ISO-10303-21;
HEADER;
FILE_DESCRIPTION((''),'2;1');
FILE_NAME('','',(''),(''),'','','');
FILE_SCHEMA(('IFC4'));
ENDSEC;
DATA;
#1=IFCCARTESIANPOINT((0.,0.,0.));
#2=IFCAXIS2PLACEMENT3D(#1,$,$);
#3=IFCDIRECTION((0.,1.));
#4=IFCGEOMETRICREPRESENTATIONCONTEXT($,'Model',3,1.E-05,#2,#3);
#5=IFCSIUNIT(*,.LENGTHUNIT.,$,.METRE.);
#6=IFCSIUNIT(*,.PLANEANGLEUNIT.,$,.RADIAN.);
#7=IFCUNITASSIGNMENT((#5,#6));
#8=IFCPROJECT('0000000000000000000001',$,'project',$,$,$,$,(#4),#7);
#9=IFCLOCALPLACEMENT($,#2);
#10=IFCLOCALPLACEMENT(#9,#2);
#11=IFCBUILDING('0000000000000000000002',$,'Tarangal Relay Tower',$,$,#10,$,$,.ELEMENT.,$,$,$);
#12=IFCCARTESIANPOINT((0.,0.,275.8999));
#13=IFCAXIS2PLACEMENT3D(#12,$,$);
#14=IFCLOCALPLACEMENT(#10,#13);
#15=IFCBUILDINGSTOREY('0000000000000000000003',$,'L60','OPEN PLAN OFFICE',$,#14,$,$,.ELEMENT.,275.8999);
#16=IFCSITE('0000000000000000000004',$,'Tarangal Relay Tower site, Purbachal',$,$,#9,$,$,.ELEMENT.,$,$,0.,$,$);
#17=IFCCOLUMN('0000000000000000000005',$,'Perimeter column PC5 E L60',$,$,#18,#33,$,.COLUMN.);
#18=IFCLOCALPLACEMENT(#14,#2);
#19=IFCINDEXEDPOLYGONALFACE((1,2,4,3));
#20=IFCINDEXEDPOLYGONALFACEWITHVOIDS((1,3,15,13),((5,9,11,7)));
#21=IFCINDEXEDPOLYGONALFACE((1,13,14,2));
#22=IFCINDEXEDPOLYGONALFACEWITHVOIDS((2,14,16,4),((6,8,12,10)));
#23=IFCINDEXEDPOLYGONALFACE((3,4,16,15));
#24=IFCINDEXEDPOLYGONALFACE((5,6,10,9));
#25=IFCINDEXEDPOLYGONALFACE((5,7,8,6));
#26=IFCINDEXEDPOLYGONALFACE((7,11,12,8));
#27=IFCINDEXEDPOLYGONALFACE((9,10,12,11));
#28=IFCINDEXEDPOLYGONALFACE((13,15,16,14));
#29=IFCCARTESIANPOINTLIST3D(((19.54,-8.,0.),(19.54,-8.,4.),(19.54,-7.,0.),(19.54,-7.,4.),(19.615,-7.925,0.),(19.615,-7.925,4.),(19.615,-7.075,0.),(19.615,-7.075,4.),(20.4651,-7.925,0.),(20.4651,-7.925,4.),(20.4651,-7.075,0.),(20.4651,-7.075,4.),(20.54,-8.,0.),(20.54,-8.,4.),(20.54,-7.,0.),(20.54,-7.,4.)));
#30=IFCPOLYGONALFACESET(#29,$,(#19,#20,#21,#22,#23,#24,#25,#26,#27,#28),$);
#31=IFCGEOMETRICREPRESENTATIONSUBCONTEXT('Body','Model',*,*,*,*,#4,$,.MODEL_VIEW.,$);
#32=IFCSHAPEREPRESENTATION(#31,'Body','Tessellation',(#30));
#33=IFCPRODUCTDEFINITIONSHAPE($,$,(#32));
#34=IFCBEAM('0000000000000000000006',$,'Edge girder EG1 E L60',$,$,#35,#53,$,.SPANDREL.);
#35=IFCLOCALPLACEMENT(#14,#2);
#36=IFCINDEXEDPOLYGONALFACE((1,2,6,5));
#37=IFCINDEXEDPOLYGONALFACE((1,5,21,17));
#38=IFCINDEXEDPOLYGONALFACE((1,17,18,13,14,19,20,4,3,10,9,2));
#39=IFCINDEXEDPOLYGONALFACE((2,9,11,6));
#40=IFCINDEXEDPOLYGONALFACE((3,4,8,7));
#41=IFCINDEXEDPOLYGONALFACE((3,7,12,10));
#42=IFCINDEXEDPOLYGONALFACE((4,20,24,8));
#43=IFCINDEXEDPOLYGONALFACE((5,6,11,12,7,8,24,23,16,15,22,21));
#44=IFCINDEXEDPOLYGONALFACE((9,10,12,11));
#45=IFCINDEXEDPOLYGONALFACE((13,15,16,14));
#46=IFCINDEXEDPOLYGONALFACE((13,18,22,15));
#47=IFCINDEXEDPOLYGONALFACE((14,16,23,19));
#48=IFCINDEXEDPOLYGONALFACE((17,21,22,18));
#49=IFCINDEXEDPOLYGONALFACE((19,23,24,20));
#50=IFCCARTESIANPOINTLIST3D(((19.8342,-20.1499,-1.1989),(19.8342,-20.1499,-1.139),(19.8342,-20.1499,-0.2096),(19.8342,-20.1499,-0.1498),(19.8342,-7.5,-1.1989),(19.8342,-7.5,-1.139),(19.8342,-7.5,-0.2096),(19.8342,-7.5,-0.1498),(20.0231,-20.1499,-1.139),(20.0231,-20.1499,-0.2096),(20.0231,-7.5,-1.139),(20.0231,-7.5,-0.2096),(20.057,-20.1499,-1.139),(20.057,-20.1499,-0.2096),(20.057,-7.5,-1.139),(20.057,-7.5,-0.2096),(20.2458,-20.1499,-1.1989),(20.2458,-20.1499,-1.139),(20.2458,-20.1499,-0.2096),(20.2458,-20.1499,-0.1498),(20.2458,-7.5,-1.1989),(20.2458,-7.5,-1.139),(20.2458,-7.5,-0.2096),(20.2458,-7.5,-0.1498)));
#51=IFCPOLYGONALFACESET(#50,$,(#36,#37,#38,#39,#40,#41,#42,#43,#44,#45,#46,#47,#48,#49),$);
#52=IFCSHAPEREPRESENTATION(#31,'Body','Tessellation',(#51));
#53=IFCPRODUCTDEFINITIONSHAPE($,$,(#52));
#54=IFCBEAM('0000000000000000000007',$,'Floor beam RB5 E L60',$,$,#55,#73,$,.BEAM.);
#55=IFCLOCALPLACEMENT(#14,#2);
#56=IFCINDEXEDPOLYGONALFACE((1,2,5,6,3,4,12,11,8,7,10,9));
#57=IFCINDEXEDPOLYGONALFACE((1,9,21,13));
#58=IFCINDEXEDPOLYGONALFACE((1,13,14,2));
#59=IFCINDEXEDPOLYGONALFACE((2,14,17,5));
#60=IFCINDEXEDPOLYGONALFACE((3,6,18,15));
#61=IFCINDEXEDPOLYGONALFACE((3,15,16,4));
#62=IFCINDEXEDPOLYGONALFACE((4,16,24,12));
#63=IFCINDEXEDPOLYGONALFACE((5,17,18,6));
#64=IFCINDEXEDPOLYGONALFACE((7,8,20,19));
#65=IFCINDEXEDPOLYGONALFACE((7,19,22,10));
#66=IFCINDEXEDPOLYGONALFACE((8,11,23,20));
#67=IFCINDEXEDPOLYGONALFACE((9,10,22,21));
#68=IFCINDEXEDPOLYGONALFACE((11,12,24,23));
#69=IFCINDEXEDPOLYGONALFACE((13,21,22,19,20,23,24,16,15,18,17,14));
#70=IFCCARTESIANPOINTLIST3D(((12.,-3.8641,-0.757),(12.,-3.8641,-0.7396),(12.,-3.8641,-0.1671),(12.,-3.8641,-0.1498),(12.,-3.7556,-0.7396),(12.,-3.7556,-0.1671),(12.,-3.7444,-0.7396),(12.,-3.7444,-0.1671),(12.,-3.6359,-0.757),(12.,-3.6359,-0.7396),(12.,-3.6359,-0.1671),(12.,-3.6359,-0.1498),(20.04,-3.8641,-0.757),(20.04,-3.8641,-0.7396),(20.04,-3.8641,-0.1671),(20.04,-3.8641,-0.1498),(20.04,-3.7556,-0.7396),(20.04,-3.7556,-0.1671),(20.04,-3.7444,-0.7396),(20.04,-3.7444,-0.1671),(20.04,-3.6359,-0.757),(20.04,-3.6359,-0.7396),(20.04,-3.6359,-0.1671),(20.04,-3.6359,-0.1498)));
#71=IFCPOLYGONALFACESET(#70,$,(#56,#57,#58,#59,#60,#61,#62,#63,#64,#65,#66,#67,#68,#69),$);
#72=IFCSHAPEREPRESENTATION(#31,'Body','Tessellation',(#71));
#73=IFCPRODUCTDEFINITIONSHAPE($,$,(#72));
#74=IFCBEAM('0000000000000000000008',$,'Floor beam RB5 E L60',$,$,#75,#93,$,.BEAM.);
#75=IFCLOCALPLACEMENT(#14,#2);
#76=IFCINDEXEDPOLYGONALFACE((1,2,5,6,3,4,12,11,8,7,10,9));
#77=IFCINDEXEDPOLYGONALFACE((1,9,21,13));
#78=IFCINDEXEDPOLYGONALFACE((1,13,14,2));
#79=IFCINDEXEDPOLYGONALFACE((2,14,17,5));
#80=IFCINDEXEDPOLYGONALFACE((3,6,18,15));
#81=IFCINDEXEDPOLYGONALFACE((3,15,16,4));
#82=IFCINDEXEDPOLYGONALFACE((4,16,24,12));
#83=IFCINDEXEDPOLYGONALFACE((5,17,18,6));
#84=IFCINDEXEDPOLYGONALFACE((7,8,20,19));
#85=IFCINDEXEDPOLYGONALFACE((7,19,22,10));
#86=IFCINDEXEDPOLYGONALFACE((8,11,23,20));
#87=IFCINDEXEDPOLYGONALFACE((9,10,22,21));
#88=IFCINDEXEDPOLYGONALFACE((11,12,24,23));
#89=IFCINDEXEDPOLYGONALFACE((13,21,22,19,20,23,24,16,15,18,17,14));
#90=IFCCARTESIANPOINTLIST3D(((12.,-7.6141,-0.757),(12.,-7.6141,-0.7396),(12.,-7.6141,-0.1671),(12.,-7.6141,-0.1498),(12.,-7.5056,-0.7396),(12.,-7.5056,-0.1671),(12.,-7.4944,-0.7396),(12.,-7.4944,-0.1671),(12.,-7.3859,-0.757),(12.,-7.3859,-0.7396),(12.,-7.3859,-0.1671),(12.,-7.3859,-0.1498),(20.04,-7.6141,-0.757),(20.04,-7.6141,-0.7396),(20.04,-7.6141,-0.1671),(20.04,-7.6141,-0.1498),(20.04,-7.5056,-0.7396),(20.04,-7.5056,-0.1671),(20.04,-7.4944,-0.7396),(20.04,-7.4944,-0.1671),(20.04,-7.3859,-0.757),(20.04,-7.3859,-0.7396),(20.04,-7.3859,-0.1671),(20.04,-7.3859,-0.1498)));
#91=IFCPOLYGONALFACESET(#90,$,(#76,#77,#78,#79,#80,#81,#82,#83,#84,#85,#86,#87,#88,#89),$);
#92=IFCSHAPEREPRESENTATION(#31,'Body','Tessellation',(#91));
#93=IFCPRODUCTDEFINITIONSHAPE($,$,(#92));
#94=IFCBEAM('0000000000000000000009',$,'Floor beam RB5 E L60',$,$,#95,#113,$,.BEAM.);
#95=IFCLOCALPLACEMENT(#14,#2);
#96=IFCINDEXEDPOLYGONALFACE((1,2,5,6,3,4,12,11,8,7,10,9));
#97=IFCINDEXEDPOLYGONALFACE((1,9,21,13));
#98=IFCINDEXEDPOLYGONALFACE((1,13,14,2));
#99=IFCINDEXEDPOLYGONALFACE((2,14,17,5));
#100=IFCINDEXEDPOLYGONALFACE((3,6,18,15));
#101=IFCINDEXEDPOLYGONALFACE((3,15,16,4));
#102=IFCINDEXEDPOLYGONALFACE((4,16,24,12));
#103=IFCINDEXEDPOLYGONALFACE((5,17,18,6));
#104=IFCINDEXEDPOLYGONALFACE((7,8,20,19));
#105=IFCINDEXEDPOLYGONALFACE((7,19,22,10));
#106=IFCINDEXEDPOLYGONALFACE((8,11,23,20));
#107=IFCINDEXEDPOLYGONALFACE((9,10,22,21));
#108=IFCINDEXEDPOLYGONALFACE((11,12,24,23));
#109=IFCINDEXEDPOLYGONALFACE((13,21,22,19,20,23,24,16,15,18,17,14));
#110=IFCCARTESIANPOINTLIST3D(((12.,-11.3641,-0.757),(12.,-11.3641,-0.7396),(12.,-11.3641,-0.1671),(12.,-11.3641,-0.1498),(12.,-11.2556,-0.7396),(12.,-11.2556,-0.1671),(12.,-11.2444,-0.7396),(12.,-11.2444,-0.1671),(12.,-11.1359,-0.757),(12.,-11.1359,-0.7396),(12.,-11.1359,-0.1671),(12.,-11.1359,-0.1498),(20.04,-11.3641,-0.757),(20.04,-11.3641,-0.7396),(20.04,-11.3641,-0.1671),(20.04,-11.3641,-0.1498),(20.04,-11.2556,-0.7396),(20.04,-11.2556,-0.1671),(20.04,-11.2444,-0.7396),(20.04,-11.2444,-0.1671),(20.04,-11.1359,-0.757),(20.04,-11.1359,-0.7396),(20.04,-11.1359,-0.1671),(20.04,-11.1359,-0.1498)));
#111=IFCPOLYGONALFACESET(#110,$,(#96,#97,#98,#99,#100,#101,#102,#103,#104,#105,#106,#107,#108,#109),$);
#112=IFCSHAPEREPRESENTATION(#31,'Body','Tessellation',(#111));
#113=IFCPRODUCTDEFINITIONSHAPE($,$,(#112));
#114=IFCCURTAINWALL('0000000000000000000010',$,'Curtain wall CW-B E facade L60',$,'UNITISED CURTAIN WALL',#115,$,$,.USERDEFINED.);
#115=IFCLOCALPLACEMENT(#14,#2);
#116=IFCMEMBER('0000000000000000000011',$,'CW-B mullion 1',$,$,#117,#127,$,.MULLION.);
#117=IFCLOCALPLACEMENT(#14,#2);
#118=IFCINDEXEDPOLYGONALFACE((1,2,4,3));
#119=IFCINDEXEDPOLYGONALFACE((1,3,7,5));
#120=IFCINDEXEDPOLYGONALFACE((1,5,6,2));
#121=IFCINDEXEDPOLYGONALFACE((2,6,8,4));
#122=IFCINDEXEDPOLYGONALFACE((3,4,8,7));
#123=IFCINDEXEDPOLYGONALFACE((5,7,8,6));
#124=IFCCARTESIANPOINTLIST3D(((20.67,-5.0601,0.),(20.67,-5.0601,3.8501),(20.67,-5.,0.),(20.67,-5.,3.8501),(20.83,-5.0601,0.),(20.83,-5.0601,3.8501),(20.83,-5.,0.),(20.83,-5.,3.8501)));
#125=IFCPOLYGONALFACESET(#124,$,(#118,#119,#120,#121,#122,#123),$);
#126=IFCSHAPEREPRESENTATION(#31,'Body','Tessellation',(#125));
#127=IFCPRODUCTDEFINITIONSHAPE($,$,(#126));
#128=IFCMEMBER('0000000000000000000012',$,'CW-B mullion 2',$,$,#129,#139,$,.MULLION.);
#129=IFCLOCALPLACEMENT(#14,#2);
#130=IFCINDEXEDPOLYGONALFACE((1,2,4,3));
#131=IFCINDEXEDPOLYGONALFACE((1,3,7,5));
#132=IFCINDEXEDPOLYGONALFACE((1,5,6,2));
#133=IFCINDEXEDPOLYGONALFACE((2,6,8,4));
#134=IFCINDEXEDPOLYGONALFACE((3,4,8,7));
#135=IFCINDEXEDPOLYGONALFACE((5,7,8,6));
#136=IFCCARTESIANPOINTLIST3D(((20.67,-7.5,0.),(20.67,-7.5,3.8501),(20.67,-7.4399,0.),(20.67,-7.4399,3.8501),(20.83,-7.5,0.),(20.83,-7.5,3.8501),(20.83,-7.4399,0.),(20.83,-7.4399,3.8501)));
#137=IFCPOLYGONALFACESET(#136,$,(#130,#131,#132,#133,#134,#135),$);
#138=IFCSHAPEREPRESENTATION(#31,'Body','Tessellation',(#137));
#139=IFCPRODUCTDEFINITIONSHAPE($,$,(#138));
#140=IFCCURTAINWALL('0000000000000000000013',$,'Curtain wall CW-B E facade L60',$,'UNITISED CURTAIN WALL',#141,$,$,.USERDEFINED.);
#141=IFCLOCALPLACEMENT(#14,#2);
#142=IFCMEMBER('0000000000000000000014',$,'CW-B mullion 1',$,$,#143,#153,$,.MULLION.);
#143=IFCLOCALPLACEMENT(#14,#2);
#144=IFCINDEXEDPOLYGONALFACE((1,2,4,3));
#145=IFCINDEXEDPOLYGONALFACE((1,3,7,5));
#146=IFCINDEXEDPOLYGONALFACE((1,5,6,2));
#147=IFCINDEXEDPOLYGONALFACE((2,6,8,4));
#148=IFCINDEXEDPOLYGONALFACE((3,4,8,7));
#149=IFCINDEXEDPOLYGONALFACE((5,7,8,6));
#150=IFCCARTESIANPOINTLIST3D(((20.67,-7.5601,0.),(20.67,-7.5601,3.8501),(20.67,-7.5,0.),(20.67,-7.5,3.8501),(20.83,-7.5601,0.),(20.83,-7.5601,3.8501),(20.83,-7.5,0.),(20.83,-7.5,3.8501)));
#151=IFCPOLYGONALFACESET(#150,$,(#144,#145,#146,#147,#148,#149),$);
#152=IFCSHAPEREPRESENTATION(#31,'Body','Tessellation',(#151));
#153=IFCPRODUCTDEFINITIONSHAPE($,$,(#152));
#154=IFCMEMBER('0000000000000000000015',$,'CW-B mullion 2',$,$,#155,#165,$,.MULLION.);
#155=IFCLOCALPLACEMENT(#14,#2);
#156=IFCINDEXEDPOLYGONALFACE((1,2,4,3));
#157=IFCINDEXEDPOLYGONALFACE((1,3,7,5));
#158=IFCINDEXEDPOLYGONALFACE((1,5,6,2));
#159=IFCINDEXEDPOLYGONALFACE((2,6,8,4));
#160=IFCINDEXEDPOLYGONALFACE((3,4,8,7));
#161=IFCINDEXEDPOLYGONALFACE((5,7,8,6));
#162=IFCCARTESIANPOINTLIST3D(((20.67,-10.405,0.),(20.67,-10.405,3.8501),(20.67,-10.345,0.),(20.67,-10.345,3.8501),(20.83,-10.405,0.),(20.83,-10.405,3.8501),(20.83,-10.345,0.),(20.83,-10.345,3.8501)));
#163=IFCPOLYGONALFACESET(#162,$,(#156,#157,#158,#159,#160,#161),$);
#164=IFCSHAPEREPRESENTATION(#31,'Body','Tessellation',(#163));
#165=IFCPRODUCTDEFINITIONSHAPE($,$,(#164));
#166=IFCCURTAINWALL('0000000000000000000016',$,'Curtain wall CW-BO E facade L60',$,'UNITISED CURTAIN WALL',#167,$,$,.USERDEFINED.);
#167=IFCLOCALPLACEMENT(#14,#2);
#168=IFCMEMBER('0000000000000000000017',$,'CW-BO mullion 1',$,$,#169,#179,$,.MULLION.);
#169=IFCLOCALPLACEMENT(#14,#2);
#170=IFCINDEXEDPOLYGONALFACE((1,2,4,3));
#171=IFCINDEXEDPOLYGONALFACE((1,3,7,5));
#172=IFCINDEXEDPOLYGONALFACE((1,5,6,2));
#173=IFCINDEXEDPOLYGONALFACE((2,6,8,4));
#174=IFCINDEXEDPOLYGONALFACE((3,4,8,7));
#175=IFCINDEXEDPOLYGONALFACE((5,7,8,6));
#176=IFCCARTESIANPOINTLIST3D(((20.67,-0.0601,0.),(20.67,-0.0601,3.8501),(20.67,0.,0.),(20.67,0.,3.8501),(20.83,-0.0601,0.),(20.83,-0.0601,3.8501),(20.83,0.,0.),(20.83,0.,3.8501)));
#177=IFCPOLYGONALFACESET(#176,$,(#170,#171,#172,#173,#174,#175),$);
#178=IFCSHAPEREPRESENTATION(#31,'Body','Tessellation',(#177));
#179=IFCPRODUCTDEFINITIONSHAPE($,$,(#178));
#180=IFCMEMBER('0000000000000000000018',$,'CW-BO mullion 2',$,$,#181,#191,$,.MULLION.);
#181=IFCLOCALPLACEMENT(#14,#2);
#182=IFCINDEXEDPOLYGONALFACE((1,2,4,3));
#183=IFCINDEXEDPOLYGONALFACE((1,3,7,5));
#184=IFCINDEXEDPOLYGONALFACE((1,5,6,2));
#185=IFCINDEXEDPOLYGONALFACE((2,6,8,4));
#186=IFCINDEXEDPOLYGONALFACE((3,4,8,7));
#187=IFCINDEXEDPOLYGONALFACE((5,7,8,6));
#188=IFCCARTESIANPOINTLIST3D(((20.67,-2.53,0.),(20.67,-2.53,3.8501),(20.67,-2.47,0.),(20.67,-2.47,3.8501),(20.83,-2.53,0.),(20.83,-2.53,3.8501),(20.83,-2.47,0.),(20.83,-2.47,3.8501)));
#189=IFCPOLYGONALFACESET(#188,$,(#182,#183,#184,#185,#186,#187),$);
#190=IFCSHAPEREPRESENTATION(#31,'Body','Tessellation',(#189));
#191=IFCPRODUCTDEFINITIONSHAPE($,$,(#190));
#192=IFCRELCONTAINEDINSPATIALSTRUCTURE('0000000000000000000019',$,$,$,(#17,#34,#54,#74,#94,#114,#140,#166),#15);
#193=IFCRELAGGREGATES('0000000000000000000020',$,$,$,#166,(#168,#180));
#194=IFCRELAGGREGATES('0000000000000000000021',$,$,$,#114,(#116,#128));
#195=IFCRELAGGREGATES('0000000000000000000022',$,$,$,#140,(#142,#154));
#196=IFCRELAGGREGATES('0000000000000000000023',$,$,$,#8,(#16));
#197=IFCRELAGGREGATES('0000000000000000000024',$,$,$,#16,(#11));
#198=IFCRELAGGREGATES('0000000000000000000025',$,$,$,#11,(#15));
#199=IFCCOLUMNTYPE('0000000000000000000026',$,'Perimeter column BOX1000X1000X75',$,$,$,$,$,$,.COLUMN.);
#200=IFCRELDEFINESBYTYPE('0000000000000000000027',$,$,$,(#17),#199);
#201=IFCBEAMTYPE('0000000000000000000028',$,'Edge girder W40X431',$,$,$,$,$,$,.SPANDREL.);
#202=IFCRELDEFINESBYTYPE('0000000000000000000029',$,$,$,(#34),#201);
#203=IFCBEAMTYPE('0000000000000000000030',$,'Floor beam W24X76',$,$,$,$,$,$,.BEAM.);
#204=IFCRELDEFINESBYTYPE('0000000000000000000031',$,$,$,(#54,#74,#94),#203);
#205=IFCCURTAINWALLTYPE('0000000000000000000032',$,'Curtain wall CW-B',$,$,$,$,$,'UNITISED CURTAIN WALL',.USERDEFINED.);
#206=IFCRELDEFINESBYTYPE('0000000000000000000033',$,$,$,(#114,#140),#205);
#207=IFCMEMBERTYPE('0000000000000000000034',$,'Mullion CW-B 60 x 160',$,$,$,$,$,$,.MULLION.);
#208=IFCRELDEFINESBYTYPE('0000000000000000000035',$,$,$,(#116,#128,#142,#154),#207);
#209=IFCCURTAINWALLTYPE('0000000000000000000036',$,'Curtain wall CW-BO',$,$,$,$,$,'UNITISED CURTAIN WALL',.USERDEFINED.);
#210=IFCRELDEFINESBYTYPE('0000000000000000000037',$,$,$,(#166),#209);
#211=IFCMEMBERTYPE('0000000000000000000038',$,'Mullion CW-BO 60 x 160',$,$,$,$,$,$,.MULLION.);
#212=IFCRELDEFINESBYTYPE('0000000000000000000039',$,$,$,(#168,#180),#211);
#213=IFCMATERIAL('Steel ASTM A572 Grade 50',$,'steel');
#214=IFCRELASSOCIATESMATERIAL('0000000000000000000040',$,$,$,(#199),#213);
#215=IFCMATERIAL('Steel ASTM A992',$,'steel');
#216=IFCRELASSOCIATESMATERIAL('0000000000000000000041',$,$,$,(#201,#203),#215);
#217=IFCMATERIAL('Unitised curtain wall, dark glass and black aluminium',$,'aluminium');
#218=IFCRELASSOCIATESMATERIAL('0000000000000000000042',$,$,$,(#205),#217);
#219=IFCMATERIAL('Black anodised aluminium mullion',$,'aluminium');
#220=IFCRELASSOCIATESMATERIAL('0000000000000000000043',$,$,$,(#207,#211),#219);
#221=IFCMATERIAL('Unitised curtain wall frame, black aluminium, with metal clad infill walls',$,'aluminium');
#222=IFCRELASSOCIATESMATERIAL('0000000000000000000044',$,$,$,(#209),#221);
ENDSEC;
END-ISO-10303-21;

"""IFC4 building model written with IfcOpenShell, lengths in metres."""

from ifc_helpers import new_model, si_unit, direction, frame, origin, origin_2d, place, context, subcontext, project, spatial, rectangle, hollow_rectangle, i_section, extrude, material, material_profile, profile_set, type_object, element, aggregate, save


model = new_model("IFC4")

# Units and contexts
model_context = context("Model", 3, precision=1e-05, world=origin(), true_north=direction((0.0, 1.0)))
body_context = subcontext(model_context, "Body", "Model", "MODEL_VIEW")
ifc_project = project(units=[si_unit("LENGTHUNIT", "METRE"), si_unit("PLANEANGLEUNIT", "RADIAN")], contexts=[model_context])

# Site, building, storey
site_placement = place(None, origin())
site = spatial("IfcSite", under=ifc_project, at=site_placement, Name="Tarangal Relay Tower site, Purbachal", CompositionType="ELEMENT", RefElevation=0.0)
building_placement = place(site_placement, origin())
building = spatial("IfcBuilding", under=site, at=building_placement, Name="Tarangal Relay Tower", CompositionType="ELEMENT")
storey_placement = place(building_placement, frame((0.0, 0.0, 275.8999)))
storey = spatial("IfcBuildingStorey", under=building, at=storey_placement, Name="L60", Description="OPEN PLAN OFFICE", CompositionType="ELEMENT", Elevation=275.8999)

# Column
ifc_material_1 = material(Name="Steel ASTM A572 Grade 50", Category="steel")
ifc_material_profile_1 = material_profile(ifc_material_1, hollow_rectangle(XDim=1.0, YDim=1.0, WallThickness=0.075, at=origin_2d()), Name="BOX1000X1000X75")
ifc_profile_set_1 = profile_set([ifc_material_profile_1], Name="Steel ASTM A572 Grade 50")
column_type = type_object("IfcColumnType", Name="Perimeter column BOX1000X1000X75", PredefinedType="COLUMN", material=ifc_profile_set_1)
column_placement = place(storey_placement, frame((20.04, -7.5, 0.0), z_axis=(0.0, 0.0, 1.0), x_axis=(1.0, 0.0, 0.0)))
element("IfcColumn", 1, at=column_placement, inside=storey, type_object=column_type, Name="Perimeter column PC5 E L60", PredefinedType="COLUMN", context=body_context, shape_type="SweptSolid", body=[
    extrude(hollow_rectangle(XDim=1.0, YDim=1.0, WallThickness=0.075, at=origin_2d()), origin(), (0.0, 0.0, 1.0), 4.0),
])

# Beams
ifc_material_2 = material(Name="Steel ASTM A992", Category="steel")
ifc_material_profile_2 = material_profile(ifc_material_2, i_section(OverallWidth=0.4116, OverallDepth=1.0491, WebThickness=0.0339, FlangeThickness=0.0598, at=origin_2d()), Name="W40X431")
ifc_profile_set_2 = profile_set([ifc_material_profile_2], Name="Steel ASTM A992")
beam_type_1 = type_object("IfcBeamType", Name="Edge girder W40X431", PredefinedType="SPANDREL", material=ifc_profile_set_2)
beam_placement = place(storey_placement, frame((20.04, -7.5, -0.6743), z_axis=(0.0, -1.0, 0.0), x_axis=(1.0, 0.0, 0.0)))
element("IfcBeam", 2, at=beam_placement, inside=storey, type_object=beam_type_1, Name="Edge girder EG1 E L60", PredefinedType="SPANDREL", context=body_context, shape_type="SweptSolid", body=[
    extrude(i_section(OverallWidth=0.4116, OverallDepth=1.0491, WebThickness=0.0339, FlangeThickness=0.0598, at=origin_2d()), origin(), (0.0, 0.0, 1.0), 12.6499),
])
ifc_material_profile_3 = material_profile(ifc_material_2, i_section(OverallWidth=0.2283, OverallDepth=0.6072, WebThickness=0.0112, FlangeThickness=0.0173, at=origin_2d()), Name="W24X76")
ifc_profile_set_3 = profile_set([ifc_material_profile_3], Name="Steel ASTM A992")
beam_type_2 = type_object("IfcBeamType", Name="Floor beam W24X76", PredefinedType="BEAM", material=ifc_profile_set_3)
for number, where, z_axis, x_axis, name in (
    (3, (12.0, -3.75, -0.4534), (1.0, 0.0, 0.0), (0.0, 1.0, 0.0), "Floor beam RB5 E L60"),
    (4, (12.0, -7.5, -0.4534), (1.0, 0.0, 0.0), (0.0, 1.0, 0.0), "Floor beam RB5 E L60"),
    (5, (12.0, -11.25, -0.4534), (1.0, 0.0, 0.0), (0.0, 1.0, 0.0), "Floor beam RB5 E L60"),
):
    element("IfcBeam", number, at=place(storey_placement, frame(where, z_axis=z_axis, x_axis=x_axis)), inside=storey, type_object=beam_type_2, Name=name, PredefinedType="BEAM", context=body_context, shape_type="SweptSolid", body=[
        extrude(i_section(OverallWidth=0.2283, OverallDepth=0.6072, WebThickness=0.0112, FlangeThickness=0.0173, at=origin_2d()), origin(), (0.0, 0.0, 1.0), 8.04),
    ])

# Curtain walls, members
ifc_material_3 = material(Name="Unitised curtain wall, dark glass and black aluminium", Category="aluminium")
curtain_wall_type_1 = type_object("IfcCurtainWallType", Name="Curtain wall CW-B", ElementType="UNITISED CURTAIN WALL", PredefinedType="USERDEFINED", material=ifc_material_3)
curtain_wall_1_placement = place(storey_placement, origin())
curtain_wall_1 = element("IfcCurtainWall", 6, at=curtain_wall_1_placement, inside=storey, type_object=curtain_wall_type_1, Name="Curtain wall CW-B E facade L60", ObjectType="UNITISED CURTAIN WALL", PredefinedType="USERDEFINED")
ifc_material_4 = material(Name="Black anodised aluminium mullion", Category="aluminium")
ifc_material_profile_4 = material_profile(ifc_material_4, rectangle(XDim=0.1599, YDim=0.0601, at=origin_2d()), Name="CW-BM 60X160")
ifc_profile_set_4 = profile_set([ifc_material_profile_4], Name="Black anodised aluminium mullion")
member_type_1 = type_object("IfcMemberType", Name="Mullion CW-B 60 x 160", PredefinedType="MULLION", material=ifc_profile_set_4)
member_1_placement = place(storey_placement, frame((20.75, -5.03, 0.0), z_axis=(0.0, 0.0, 1.0), x_axis=(1.0, 0.0, 0.0)))
member_1 = element("IfcMember", 7, at=member_1_placement, type_object=member_type_1, Name="CW-B mullion 1", PredefinedType="MULLION", context=body_context, shape_type="SweptSolid", body=[
    extrude(rectangle(XDim=0.1599, YDim=0.0601, at=origin_2d()), origin(), (0.0, 0.0, 1.0), 3.8501),
])
member_2_placement = place(storey_placement, frame((20.75, -7.47, 0.0), z_axis=(0.0, 0.0, 1.0), x_axis=(1.0, 0.0, 0.0)))
member_2 = element("IfcMember", 8, at=member_2_placement, type_object=member_type_1, Name="CW-B mullion 2", PredefinedType="MULLION", context=body_context, shape_type="SweptSolid", body=[
    extrude(rectangle(XDim=0.1599, YDim=0.0601, at=origin_2d()), origin(), (0.0, 0.0, 1.0), 3.8501),
])
curtain_wall_2_placement = place(storey_placement, origin())
curtain_wall_2 = element("IfcCurtainWall", 9, at=curtain_wall_2_placement, inside=storey, type_object=curtain_wall_type_1, Name="Curtain wall CW-B E facade L60", ObjectType="UNITISED CURTAIN WALL", PredefinedType="USERDEFINED")
member_3_placement = place(storey_placement, frame((20.75, -7.53, 0.0), z_axis=(0.0, 0.0, 1.0), x_axis=(1.0, 0.0, 0.0)))
member_3 = element("IfcMember", 10, at=member_3_placement, type_object=member_type_1, Name="CW-B mullion 1", PredefinedType="MULLION", context=body_context, shape_type="SweptSolid", body=[
    extrude(rectangle(XDim=0.1599, YDim=0.0601, at=origin_2d()), origin(), (0.0, 0.0, 1.0), 3.8501),
])
member_4_placement = place(storey_placement, frame((20.75, -10.375, 0.0), z_axis=(0.0, 0.0, 1.0), x_axis=(1.0, 0.0, 0.0)))
member_4 = element("IfcMember", 11, at=member_4_placement, type_object=member_type_1, Name="CW-B mullion 2", PredefinedType="MULLION", context=body_context, shape_type="SweptSolid", body=[
    extrude(rectangle(XDim=0.1599, YDim=0.0601, at=origin_2d()), origin(), (0.0, 0.0, 1.0), 3.8501),
])
ifc_material_5 = material(Name="Unitised curtain wall frame, black aluminium, with metal clad infill walls", Category="aluminium")
curtain_wall_type_2 = type_object("IfcCurtainWallType", Name="Curtain wall CW-BO", ElementType="UNITISED CURTAIN WALL", PredefinedType="USERDEFINED", material=ifc_material_5)
curtain_wall_3_placement = place(storey_placement, origin())
curtain_wall_3 = element("IfcCurtainWall", 12, at=curtain_wall_3_placement, inside=storey, type_object=curtain_wall_type_2, Name="Curtain wall CW-BO E facade L60", ObjectType="UNITISED CURTAIN WALL", PredefinedType="USERDEFINED")
ifc_material_profile_5 = material_profile(ifc_material_4, rectangle(XDim=0.1599, YDim=0.0601, at=origin_2d()), Name="CW-BOM 60X160")
ifc_profile_set_5 = profile_set([ifc_material_profile_5], Name="Black anodised aluminium mullion")
member_type_2 = type_object("IfcMemberType", Name="Mullion CW-BO 60 x 160", PredefinedType="MULLION", material=ifc_profile_set_5)
member_5_placement = place(storey_placement, frame((20.75, -0.03, 0.0), z_axis=(0.0, 0.0, 1.0), x_axis=(1.0, 0.0, 0.0)))
member_5 = element("IfcMember", 13, at=member_5_placement, type_object=member_type_2, Name="CW-BO mullion 1", PredefinedType="MULLION", context=body_context, shape_type="SweptSolid", body=[
    extrude(rectangle(XDim=0.1599, YDim=0.0601, at=origin_2d()), origin(), (0.0, 0.0, 1.0), 3.8501),
])
member_6_placement = place(storey_placement, frame((20.75, -2.5, 0.0), z_axis=(0.0, 0.0, 1.0), x_axis=(1.0, 0.0, 0.0)))
member_6 = element("IfcMember", 14, at=member_6_placement, type_object=member_type_2, Name="CW-BO mullion 2", PredefinedType="MULLION", context=body_context, shape_type="SweptSolid", body=[
    extrude(rectangle(XDim=0.1599, YDim=0.0601, at=origin_2d()), origin(), (0.0, 0.0, 1.0), 3.8501),
])

aggregate(curtain_wall_3, [member_5, member_6])

aggregate(curtain_wall_1, [member_1, member_2])
aggregate(curtain_wall_2, [member_3, member_4])

save(model, "model.ifc")
